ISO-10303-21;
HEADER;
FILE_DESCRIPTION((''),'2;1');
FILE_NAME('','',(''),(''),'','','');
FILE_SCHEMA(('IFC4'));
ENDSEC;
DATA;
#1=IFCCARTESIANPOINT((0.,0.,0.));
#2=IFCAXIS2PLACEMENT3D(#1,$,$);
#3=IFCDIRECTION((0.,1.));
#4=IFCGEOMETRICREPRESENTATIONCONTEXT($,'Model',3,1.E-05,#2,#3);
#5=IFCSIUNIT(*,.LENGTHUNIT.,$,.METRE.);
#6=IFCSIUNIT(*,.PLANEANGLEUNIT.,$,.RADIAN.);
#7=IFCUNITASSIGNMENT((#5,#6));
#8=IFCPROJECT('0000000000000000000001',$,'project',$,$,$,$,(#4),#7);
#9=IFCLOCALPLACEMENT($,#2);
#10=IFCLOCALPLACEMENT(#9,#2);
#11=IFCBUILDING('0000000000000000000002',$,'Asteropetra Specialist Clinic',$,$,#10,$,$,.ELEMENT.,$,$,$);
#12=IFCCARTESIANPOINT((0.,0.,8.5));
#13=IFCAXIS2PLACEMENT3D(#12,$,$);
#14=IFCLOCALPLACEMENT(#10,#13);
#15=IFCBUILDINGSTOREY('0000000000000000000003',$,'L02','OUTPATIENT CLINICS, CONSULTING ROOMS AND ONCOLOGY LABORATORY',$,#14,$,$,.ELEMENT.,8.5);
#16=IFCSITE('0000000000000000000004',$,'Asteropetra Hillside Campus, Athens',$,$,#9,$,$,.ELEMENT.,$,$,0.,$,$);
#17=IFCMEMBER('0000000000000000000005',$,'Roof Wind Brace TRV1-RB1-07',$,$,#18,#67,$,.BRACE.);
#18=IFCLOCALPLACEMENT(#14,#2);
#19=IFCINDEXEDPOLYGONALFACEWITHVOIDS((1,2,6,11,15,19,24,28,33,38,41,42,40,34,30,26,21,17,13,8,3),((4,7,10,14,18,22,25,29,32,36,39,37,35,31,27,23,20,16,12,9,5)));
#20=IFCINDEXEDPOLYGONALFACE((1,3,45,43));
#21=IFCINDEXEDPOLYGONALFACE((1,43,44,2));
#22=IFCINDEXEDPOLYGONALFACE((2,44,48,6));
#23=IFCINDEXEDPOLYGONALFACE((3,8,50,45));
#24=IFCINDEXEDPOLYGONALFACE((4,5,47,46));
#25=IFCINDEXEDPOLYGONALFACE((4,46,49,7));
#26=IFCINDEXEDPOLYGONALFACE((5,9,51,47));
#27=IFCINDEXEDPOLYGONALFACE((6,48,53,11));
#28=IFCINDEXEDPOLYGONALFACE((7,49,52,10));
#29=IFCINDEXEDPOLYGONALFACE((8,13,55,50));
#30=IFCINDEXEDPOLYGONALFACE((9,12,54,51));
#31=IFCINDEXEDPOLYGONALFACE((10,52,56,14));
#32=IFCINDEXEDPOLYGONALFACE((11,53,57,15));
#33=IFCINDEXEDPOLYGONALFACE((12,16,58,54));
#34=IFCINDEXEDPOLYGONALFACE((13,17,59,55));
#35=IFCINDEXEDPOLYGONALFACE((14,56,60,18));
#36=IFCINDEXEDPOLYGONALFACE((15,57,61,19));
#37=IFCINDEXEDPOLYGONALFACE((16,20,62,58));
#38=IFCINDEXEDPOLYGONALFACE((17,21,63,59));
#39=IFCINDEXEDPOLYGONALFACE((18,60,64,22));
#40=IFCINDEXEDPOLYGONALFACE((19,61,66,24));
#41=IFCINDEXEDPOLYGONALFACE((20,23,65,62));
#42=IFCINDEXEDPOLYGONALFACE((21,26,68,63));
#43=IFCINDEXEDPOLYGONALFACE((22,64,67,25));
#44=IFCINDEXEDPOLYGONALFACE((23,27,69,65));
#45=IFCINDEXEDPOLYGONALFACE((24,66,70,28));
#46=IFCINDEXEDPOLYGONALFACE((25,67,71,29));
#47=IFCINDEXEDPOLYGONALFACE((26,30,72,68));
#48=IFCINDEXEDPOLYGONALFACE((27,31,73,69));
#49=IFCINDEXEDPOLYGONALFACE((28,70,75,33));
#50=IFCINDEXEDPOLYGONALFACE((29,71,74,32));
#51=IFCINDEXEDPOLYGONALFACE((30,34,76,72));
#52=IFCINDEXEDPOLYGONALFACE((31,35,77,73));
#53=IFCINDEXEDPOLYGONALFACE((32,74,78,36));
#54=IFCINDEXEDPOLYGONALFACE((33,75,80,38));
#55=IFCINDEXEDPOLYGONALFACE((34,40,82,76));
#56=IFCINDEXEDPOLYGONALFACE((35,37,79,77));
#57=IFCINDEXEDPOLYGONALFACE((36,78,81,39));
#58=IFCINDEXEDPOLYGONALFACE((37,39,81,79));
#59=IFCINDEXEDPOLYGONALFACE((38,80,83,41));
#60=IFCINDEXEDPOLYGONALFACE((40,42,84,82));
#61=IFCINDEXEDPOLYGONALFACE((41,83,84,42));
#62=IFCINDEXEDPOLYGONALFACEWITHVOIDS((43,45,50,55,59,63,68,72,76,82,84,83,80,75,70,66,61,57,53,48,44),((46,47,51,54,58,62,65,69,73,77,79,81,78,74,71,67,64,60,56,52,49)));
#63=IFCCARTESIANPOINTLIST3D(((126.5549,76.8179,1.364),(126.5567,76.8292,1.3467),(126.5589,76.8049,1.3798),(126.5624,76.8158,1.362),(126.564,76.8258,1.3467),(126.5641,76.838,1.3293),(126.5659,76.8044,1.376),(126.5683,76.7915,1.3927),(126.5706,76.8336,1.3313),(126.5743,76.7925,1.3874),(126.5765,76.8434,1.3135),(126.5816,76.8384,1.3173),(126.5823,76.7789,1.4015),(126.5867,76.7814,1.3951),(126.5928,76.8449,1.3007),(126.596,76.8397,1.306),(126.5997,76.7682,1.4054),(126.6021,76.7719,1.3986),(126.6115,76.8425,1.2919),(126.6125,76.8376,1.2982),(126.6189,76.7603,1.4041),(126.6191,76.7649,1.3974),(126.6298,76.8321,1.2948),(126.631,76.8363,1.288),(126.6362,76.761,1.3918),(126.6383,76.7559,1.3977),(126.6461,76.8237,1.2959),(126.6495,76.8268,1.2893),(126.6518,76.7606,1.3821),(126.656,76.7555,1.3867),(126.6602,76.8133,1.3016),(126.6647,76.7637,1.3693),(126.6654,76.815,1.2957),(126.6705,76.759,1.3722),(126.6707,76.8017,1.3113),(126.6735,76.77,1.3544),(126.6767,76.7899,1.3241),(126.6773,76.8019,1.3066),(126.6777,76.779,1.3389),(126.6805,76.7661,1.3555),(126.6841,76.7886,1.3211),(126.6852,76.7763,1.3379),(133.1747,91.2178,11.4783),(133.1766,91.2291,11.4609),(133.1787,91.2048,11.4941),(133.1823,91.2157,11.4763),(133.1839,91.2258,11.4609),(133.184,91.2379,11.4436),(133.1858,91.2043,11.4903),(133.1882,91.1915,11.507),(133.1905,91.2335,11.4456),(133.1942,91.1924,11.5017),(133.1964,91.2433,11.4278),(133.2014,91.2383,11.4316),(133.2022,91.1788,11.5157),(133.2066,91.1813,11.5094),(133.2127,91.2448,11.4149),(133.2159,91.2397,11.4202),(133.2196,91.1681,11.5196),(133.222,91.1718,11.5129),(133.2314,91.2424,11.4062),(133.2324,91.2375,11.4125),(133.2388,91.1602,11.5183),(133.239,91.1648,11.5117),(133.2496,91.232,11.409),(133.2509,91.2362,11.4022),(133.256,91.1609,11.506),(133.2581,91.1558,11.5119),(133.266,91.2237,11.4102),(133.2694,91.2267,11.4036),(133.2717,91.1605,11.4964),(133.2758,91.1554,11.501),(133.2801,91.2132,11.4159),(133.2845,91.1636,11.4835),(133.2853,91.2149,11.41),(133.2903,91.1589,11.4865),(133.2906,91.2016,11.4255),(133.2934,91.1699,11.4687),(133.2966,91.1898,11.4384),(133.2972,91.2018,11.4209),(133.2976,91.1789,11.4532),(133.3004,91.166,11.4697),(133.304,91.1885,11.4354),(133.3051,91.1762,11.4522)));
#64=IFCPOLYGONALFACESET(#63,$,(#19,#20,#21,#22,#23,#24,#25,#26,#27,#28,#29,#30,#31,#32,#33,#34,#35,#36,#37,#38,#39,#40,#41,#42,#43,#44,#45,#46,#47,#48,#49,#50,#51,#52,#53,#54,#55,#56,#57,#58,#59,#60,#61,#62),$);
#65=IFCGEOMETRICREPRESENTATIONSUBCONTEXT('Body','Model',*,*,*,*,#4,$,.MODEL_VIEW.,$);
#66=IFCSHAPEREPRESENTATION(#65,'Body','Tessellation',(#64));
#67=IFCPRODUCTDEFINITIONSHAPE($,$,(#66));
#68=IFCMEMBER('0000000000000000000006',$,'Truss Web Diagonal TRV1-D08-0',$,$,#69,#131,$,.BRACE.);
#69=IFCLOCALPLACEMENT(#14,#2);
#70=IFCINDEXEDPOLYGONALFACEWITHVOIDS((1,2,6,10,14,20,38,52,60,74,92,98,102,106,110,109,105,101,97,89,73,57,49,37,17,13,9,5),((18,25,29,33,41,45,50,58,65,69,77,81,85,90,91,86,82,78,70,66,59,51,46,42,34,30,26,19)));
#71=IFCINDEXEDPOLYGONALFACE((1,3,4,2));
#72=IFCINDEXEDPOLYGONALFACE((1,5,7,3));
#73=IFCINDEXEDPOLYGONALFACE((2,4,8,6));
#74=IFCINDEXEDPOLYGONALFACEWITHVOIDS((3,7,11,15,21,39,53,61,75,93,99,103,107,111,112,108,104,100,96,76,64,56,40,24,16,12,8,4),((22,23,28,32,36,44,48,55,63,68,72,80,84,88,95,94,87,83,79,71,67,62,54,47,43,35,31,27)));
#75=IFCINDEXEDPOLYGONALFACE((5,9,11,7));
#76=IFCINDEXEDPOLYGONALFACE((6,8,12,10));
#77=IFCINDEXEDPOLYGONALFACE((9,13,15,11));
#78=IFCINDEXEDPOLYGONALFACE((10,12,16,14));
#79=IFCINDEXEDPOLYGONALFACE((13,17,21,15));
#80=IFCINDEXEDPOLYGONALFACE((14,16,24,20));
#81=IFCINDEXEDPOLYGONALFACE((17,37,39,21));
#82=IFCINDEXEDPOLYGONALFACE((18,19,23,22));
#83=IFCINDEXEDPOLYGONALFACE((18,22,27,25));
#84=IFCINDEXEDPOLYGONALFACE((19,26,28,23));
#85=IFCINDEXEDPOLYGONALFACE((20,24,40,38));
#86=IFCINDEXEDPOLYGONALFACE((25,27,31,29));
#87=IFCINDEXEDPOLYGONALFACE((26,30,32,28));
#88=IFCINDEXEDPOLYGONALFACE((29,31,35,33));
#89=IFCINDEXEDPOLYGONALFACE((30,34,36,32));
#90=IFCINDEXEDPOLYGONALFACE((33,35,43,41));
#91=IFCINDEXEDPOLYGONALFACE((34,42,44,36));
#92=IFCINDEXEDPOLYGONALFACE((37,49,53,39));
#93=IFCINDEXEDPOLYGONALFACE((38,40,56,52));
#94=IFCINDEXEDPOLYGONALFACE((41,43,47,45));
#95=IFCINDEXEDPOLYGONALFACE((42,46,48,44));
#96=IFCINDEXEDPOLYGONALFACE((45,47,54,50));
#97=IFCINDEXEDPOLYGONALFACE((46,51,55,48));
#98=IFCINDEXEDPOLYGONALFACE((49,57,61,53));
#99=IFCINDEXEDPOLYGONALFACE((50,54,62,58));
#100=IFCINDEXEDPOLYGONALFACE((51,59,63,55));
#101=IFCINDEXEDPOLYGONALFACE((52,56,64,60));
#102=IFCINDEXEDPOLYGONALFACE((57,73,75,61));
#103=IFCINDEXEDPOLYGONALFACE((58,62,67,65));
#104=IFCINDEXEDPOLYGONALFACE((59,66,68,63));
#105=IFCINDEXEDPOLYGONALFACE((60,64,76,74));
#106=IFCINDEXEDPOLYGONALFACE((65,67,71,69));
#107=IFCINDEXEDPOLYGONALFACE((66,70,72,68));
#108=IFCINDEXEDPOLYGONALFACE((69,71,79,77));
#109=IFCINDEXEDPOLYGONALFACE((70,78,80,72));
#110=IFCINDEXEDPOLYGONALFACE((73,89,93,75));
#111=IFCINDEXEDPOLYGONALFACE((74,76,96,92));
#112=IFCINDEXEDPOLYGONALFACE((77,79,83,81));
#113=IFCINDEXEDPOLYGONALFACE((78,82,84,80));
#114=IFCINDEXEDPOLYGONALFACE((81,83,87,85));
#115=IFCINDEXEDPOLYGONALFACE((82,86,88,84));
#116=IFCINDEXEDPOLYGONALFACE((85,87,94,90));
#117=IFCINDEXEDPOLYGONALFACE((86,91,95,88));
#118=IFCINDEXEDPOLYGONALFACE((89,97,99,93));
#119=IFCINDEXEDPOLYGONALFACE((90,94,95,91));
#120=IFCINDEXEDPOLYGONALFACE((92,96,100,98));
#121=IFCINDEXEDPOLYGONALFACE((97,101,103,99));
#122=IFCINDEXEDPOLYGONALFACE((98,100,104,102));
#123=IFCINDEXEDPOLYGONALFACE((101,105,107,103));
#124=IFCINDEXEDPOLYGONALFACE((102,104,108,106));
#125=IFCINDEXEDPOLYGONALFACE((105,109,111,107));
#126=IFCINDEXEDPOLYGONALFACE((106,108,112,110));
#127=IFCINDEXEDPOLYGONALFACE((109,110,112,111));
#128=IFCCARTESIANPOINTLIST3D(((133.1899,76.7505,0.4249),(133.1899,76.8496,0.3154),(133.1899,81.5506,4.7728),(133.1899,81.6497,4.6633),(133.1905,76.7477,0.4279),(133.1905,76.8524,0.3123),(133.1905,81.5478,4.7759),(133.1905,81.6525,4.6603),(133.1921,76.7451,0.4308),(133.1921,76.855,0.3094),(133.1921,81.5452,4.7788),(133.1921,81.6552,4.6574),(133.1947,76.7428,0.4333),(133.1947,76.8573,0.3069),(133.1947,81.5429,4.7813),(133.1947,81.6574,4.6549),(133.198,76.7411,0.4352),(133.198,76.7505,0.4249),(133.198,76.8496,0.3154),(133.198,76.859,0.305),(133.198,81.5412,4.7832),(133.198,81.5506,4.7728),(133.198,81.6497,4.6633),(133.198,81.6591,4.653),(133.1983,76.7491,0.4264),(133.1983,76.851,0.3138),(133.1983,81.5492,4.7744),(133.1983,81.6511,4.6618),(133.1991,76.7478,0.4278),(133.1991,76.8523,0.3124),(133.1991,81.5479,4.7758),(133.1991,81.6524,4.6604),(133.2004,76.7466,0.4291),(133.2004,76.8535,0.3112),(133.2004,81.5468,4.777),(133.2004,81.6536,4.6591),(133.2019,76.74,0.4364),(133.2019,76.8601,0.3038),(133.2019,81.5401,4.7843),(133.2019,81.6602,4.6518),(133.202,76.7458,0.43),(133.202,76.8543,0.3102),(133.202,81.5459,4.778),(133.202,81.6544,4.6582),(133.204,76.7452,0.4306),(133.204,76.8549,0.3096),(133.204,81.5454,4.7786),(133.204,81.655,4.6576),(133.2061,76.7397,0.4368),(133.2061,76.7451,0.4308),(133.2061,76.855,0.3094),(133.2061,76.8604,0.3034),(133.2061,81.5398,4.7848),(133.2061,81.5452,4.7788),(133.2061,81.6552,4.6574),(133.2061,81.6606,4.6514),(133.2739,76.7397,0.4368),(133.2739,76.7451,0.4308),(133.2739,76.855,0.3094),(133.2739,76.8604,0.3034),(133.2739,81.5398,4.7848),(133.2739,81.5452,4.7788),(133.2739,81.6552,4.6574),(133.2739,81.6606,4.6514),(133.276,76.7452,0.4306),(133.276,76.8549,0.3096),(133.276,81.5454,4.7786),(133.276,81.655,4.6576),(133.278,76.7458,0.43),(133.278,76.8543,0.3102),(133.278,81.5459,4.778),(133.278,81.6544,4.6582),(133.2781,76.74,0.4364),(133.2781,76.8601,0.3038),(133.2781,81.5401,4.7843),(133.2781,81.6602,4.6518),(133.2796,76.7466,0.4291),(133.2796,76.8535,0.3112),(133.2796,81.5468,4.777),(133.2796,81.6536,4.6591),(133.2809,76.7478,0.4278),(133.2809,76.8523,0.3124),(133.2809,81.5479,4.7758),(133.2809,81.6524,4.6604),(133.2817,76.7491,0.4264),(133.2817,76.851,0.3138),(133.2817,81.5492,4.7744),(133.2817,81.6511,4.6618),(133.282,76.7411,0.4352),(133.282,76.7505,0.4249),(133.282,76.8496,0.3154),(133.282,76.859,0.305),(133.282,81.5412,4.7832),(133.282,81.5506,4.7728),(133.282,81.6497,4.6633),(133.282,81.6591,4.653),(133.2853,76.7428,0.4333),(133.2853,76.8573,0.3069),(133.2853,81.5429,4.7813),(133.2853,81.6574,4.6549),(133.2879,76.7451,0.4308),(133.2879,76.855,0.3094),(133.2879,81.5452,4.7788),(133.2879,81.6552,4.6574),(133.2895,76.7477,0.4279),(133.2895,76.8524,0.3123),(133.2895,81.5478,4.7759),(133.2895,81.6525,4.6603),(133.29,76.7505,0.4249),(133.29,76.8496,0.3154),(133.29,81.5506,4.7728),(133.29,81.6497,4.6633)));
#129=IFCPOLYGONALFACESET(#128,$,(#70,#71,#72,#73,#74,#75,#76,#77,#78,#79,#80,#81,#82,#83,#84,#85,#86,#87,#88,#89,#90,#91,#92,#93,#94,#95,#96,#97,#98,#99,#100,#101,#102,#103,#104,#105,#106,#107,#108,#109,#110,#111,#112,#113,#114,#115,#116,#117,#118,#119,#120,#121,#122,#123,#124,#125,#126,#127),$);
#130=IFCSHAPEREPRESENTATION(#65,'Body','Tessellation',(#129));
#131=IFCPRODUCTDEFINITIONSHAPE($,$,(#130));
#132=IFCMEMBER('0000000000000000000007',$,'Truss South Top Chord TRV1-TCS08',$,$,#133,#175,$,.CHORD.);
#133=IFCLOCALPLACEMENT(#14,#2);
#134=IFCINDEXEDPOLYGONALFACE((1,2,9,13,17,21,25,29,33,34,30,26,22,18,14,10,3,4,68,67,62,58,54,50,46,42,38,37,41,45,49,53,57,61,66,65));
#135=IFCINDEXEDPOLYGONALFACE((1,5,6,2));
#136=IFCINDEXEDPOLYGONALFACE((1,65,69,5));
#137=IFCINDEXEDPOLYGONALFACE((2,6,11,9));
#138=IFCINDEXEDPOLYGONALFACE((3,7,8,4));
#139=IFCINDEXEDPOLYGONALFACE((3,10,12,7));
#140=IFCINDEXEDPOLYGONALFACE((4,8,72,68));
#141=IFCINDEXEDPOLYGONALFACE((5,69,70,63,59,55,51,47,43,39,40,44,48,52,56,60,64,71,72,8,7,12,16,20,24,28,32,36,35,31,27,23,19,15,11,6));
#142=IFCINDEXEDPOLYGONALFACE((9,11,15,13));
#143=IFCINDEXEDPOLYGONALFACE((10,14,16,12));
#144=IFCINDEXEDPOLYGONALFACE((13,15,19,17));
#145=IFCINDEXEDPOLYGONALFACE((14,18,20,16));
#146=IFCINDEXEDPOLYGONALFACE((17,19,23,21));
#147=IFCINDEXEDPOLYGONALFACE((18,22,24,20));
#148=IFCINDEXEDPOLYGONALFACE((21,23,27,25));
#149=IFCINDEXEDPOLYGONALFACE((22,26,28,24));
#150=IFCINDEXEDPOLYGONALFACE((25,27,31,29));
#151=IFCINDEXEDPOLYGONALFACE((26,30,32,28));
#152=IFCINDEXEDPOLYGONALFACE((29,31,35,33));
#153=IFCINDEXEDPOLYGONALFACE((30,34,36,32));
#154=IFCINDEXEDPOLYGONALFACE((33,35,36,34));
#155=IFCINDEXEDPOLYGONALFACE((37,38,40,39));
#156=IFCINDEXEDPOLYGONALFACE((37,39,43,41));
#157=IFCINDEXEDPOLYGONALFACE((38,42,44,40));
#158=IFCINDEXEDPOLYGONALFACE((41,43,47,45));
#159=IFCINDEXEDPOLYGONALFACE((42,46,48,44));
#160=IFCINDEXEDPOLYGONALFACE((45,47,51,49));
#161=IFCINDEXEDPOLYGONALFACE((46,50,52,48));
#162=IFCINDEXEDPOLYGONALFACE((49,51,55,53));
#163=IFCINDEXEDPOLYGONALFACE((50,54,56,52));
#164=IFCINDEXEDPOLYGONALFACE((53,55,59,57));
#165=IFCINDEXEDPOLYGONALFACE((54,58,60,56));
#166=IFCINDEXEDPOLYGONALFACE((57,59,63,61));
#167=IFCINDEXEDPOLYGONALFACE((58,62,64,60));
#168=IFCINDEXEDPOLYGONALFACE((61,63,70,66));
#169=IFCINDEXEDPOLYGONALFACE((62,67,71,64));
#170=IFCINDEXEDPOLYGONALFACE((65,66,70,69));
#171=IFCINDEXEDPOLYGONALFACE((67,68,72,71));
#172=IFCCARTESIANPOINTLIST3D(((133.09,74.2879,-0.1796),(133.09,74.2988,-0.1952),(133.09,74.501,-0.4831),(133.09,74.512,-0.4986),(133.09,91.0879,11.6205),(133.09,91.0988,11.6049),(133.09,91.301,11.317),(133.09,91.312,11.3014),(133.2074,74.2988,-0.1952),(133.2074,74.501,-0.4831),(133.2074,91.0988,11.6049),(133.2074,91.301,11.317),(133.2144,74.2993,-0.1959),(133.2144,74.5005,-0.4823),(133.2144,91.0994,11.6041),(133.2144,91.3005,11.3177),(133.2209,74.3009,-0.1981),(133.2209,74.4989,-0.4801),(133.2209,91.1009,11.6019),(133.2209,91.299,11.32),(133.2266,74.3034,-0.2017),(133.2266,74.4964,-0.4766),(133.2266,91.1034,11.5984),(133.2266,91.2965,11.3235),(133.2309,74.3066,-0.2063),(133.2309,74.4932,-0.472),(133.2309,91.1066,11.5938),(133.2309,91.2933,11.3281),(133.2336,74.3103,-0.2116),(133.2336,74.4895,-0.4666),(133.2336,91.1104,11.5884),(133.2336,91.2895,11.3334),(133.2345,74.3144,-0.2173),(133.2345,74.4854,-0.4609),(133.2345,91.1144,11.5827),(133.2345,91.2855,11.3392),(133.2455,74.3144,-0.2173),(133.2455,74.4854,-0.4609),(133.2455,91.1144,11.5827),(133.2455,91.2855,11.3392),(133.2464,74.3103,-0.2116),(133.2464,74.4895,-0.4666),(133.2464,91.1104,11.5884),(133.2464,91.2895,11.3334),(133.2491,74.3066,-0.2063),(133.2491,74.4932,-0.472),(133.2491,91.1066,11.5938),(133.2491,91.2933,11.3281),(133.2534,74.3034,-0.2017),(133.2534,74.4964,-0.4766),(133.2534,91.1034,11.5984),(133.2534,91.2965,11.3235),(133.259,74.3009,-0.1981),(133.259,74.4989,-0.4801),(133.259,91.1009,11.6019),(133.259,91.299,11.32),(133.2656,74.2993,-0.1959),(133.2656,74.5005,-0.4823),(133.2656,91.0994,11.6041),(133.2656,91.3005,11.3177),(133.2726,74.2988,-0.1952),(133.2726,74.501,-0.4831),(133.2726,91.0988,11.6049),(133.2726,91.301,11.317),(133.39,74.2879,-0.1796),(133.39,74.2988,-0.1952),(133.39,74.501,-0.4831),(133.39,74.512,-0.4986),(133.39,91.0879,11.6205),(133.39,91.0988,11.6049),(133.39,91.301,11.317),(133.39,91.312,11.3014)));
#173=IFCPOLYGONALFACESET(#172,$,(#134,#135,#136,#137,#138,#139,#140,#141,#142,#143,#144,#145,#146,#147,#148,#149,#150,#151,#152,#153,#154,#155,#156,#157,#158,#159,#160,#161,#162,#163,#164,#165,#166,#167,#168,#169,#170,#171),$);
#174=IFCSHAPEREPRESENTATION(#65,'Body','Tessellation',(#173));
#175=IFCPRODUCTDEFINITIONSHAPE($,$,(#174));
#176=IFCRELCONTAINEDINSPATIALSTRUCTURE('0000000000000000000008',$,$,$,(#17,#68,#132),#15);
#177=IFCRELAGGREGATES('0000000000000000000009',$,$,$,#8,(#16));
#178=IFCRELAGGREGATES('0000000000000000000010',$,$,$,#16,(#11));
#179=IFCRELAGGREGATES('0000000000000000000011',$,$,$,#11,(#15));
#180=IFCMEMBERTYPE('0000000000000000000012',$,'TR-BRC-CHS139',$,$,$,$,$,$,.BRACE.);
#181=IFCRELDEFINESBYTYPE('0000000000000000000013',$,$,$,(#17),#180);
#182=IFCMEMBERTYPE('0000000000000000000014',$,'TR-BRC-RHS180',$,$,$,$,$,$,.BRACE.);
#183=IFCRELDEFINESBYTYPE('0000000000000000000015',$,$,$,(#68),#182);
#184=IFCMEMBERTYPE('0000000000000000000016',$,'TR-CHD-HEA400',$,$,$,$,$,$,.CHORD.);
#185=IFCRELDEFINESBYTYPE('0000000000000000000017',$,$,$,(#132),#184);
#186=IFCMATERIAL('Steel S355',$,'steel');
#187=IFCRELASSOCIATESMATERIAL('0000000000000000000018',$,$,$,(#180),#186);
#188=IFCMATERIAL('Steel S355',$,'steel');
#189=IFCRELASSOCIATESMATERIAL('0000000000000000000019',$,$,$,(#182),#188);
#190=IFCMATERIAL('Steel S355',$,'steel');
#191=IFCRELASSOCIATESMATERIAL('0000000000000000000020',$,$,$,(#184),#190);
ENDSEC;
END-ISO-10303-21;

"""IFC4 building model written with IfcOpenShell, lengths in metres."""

from ifc_helpers import new_model, si_unit, direction, frame, origin, origin_2d, place, context, subcontext, project, spatial, hollow_rectangle, hollow_circle, i_section, extrude, material, material_profile, profile_set, type_object, element, save


model = new_model("IFC4")

# Units and contexts
model_context = context("Model", 3, precision=1e-05, world=origin(), true_north=direction((0.0, 1.0)))
body_context = subcontext(model_context, "Body", "Model", "MODEL_VIEW")
ifc_project = project(units=[si_unit("LENGTHUNIT", "METRE"), si_unit("PLANEANGLEUNIT", "RADIAN")], contexts=[model_context])

# Site, building, storey
site_placement = place(None, origin())
site = spatial("IfcSite", under=ifc_project, at=site_placement, Name="Asteropetra Hillside Campus, Athens", CompositionType="ELEMENT", RefElevation=0.0)
building_placement = place(site_placement, origin())
building = spatial("IfcBuilding", under=site, at=building_placement, Name="Asteropetra Specialist Clinic", CompositionType="ELEMENT")
storey_placement = place(building_placement, frame((0.0, 0.0, 8.5)))
storey = spatial("IfcBuildingStorey", under=building, at=storey_placement, Name="L02", Description="OUTPATIENT CLINICS, CONSULTING ROOMS AND ONCOLOGY LABORATORY", CompositionType="ELEMENT", Elevation=8.5)

# Members
ifc_material_1 = material(Name="Steel S355", Category="steel")
ifc_material_profile_1 = material_profile(ifc_material_1, hollow_circle(Radius=0.0698, WallThickness=0.0081, at=origin_2d()), Name="CHS 139.7x8.0")
ifc_profile_set_1 = profile_set([ifc_material_profile_1], Name="Steel S355")
member_type_1 = type_object("IfcMemberType", Name="TR-BRC-CHS139", PredefinedType="BRACE", material=ifc_profile_set_1)
member_1_placement = place(storey_placement, frame((126.6201, 76.8, 1.3467), z_axis=(0.352102, 0.765911, 0.537963), x_axis=(-0.908588, 0.417693, 0.0)))
element("IfcMember", 1, at=member_1_placement, inside=storey, type_object=member_type_1, Name="Roof Wind Brace TRV1-RB1-07", PredefinedType="BRACE", context=body_context, shape_type="SweptSolid", body=[
    extrude(hollow_circle(Radius=0.0698, WallThickness=0.0081, at=origin_2d()), origin(), (0.0, 0.0, 1.0), 18.801),
])
ifc_material_2 = material(Name="Steel S355", Category="steel")
ifc_material_profile_2 = material_profile(ifc_material_2, hollow_rectangle(XDim=0.1001, YDim=0.1799, WallThickness=0.0081, InnerFilletRadius=0.0081, OuterFilletRadius=0.0161, at=origin_2d()), Name="RHS 180x100x8.0")
ifc_profile_set_2 = profile_set([ifc_material_profile_2], Name="Steel S355")
member_type_2 = type_object("IfcMemberType", Name="TR-BRC-RHS180", PredefinedType="BRACE", material=ifc_profile_set_2)
member_2_placement = place(storey_placement, frame((133.24, 76.8, 0.3701), z_axis=(0.0, 0.741152, 0.671338), x_axis=(-1.0, 0.0, 0.0)))
element("IfcMember", 2, at=member_2_placement, inside=storey, type_object=member_type_2, Name="Truss Web Diagonal TRV1-D08-0", PredefinedType="BRACE", context=body_context, shape_type="SweptSolid", body=[
    extrude(hollow_rectangle(XDim=0.1001, YDim=0.1799, WallThickness=0.0081, InnerFilletRadius=0.0081, OuterFilletRadius=0.0161, at=origin_2d()), origin(), (0.0, 0.0, 1.0), 6.4766),
])
ifc_material_3 = material(Name="Steel S355", Category="steel")
ifc_material_profile_3 = material_profile(ifc_material_3, i_section(OverallWidth=0.3, OverallDepth=0.3899, WebThickness=0.011, FlangeThickness=0.019, FilletRadius=0.0271, at=origin_2d()), Name="HEA 400")
ifc_profile_set_3 = profile_set([ifc_material_profile_3], Name="Steel S355")
member_type_3 = type_object("IfcMemberType", Name="TR-CHD-HEA400", PredefinedType="CHORD", material=ifc_profile_set_3)
for number, where, z_axis, x_axis, name in (
    (3, (133.24, 74.3999, -0.3391), (0.0, 0.818315, 0.57477), (-1.0, 0.0, 0.0), "Truss South Top Chord TRV1-TCS08"),
):
    element("IfcMember", number, at=place(storey_placement, frame(where, z_axis=z_axis, x_axis=x_axis)), inside=storey, type_object=member_type_3, Name=name, PredefinedType="CHORD", context=body_context, shape_type="SweptSolid", body=[
        extrude(i_section(OverallWidth=0.3, OverallDepth=0.3899, WebThickness=0.011, FlangeThickness=0.019, FilletRadius=0.0271, at=origin_2d()), origin(), (0.0, 0.0, 1.0), 20.53),
    ])

save(model, "model.ifc")
